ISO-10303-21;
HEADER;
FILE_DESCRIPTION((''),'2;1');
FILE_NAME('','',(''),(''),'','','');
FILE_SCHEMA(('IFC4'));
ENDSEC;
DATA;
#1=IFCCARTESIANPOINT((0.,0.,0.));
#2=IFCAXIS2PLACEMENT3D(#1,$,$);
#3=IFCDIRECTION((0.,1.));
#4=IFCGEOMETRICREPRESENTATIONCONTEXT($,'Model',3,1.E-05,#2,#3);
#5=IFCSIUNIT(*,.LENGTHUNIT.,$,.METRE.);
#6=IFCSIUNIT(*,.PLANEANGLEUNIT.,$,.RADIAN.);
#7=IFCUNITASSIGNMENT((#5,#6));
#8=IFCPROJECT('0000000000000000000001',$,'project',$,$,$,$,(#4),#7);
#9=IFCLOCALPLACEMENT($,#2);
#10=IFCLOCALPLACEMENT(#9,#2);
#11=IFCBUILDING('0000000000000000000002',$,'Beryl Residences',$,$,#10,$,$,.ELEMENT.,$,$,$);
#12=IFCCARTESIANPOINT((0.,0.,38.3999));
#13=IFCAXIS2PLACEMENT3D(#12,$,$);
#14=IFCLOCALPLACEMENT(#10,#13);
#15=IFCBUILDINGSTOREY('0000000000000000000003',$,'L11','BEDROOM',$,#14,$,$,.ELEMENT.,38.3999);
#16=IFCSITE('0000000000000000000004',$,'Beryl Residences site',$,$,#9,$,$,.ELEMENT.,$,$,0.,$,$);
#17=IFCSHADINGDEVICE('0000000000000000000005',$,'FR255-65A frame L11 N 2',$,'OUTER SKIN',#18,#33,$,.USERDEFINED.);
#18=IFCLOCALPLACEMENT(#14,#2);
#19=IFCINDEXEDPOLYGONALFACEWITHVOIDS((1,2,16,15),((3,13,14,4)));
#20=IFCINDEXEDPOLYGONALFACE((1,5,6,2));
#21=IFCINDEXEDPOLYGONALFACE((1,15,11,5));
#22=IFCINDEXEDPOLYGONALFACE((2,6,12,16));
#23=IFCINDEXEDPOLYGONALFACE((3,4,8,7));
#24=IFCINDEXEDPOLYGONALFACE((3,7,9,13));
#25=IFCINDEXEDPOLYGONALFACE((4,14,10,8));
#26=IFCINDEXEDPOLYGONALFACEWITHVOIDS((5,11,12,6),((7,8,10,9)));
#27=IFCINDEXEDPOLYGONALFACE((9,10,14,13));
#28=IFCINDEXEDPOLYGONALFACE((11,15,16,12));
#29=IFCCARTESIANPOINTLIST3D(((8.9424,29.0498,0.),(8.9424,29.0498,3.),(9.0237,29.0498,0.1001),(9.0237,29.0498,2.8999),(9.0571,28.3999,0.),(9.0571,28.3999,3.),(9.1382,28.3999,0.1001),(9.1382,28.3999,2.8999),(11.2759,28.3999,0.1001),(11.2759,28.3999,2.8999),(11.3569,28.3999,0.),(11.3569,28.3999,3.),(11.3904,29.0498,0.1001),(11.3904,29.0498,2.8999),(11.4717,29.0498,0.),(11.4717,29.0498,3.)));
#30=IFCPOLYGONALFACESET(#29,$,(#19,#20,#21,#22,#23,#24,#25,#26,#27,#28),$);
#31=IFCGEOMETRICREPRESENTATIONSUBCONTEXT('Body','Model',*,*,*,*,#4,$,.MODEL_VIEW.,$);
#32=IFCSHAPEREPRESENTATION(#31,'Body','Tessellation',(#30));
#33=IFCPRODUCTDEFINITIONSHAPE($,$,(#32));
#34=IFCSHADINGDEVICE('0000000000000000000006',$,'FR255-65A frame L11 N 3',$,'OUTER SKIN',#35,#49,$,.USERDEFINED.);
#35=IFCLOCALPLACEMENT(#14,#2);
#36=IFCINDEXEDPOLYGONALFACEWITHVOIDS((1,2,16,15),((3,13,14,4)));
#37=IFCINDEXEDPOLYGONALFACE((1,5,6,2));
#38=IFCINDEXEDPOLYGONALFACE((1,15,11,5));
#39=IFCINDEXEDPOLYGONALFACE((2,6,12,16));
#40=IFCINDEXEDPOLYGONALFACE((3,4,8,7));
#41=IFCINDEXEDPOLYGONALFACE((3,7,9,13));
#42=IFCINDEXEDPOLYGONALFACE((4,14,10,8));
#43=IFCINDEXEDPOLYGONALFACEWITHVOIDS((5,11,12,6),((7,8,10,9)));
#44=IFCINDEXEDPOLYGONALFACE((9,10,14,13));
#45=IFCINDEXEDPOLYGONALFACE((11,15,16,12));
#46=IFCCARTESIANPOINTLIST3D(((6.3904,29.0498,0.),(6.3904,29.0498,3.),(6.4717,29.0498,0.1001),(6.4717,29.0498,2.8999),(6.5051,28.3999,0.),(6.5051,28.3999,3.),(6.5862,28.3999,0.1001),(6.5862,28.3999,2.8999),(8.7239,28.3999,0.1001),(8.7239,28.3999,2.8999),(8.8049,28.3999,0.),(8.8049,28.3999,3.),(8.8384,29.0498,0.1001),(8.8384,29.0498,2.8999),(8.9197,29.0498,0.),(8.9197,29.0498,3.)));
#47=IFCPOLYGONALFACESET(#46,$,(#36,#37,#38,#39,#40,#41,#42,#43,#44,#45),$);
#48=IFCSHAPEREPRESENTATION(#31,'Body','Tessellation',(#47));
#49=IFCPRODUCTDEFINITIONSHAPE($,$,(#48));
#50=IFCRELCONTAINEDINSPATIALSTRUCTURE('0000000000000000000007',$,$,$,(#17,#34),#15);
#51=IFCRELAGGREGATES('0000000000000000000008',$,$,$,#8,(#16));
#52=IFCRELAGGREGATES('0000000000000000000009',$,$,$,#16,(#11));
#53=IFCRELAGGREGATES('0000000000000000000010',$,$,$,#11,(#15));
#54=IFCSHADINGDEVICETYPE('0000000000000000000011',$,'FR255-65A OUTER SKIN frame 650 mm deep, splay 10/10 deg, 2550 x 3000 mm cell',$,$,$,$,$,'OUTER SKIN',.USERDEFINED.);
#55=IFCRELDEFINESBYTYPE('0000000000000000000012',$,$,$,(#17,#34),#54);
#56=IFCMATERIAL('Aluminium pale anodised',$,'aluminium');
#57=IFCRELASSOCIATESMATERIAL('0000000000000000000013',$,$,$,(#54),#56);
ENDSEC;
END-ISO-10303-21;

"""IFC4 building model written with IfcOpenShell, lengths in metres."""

from ifc_helpers import new_model, entity, si_unit, direction, frame, origin, place, context, subcontext, project, spatial, source, transform, mapped, material, type_object, type_shapes, element, save


model = new_model("IFC4")

# Units and contexts
model_context = context("Model", 3, precision=1e-05, world=origin(), true_north=direction((0.0, 1.0)))
body_context = subcontext(model_context, "Body", "Model", "MODEL_VIEW")
ifc_project = project(units=[si_unit("LENGTHUNIT", "METRE"), si_unit("PLANEANGLEUNIT", "RADIAN")], contexts=[model_context])

# Site, building, storey
site_placement = place(None, origin())
site = spatial("IfcSite", under=ifc_project, at=site_placement, Name="Beryl Residences site", CompositionType="ELEMENT", RefElevation=0.0)
building_placement = place(site_placement, origin())
building = spatial("IfcBuilding", under=site, at=building_placement, Name="Beryl Residences", CompositionType="ELEMENT")
storey_placement = place(building_placement, frame((0.0, 0.0, 38.3999)))
storey = spatial("IfcBuildingStorey", under=building, at=storey_placement, Name="L11", Description="BEDROOM", CompositionType="ELEMENT", Elevation=38.3999)

# Shading devices
ifc_material_1 = material(Name="Aluminium pale anodised", Category="aluminium")
shading_device_type_1 = type_object("IfcShadingDeviceType", Name="FR255-65A OUTER SKIN frame 650 mm deep, splay 10/10 deg, 2550 x 3000 mm cell", ElementType="OUTER SKIN", PredefinedType="USERDEFINED", material=ifc_material_1)
cartesian_point_1 = entity("IfcCartesianPoint", [-1.1499, 0.0])
cartesian_point_2 = entity("IfcCartesianPoint", [-1.0688, 0.1001])
cartesian_point_3 = entity("IfcCartesianPoint", [-1.2646, 0.0])
cartesian_point_4 = entity("IfcCartesianPoint", [-1.1833, 0.1001])
shared_shape_1 = source(origin(), body_context, "Body", "SweptSolid", [
    entity("IfcExtrudedAreaSolidTapered", entity("IfcArbitraryProfileDefWithVoids", "AREA", None, entity("IfcPolyline", [cartesian_point_1, entity("IfcCartesianPoint", [1.1499, 0.0]), entity("IfcCartesianPoint", [1.1499, 3.0]), entity("IfcCartesianPoint", [-1.1499, 3.0]), cartesian_point_1]), [entity("IfcPolyline", [cartesian_point_2, entity("IfcCartesianPoint", [1.0688, 0.1001]), entity("IfcCartesianPoint", [1.0688, 2.8999]), entity("IfcCartesianPoint", [-1.0688, 2.8999]), cartesian_point_2])]), entity("IfcAxis2Placement3D", entity("IfcCartesianPoint", [0.0, 0.0, 0.0]), entity("IfcDirection", [0.0, 1.0, 0.0]), entity("IfcDirection", [-1.0, 0.0, 0.0])), entity("IfcDirection", [0.0, 0.0, 1.0]), 0.6499, entity("IfcArbitraryProfileDefWithVoids", "AREA", None, entity("IfcPolyline", [cartesian_point_3, entity("IfcCartesianPoint", [1.2646, 0.0]), entity("IfcCartesianPoint", [1.2646, 3.0]), entity("IfcCartesianPoint", [-1.2646, 3.0]), cartesian_point_3]), [entity("IfcPolyline", [cartesian_point_4, entity("IfcCartesianPoint", [1.1833, 0.1001]), entity("IfcCartesianPoint", [1.1833, 2.8999]), entity("IfcCartesianPoint", [-1.1833, 2.8999]), cartesian_point_4])])),
])
type_shapes(shading_device_type_1, [shared_shape_1])
for number, where, z_axis, x_axis, name in (
    (1, (10.207, 28.3999, 0.0), (0.0, 0.0, 1.0), (1.0, 0.0, 0.0), "FR255-65A frame L11 N 2"),
    (2, (7.655, 28.3999, 0.0), (0.0, 0.0, 1.0), (1.0, 0.0, 0.0), "FR255-65A frame L11 N 3"),
):
    element("IfcShadingDevice", number, at=place(storey_placement, frame(where, z_axis=z_axis, x_axis=x_axis)), inside=storey, type_object=shading_device_type_1, Name=name, ObjectType="OUTER SKIN", PredefinedType="USERDEFINED", context=body_context, shape_type="MappedRepresentation", body=[
        mapped(shared_shape_1, transform((0.0, 0.0, 0.0))),
    ])

save(model, "model.ifc")
